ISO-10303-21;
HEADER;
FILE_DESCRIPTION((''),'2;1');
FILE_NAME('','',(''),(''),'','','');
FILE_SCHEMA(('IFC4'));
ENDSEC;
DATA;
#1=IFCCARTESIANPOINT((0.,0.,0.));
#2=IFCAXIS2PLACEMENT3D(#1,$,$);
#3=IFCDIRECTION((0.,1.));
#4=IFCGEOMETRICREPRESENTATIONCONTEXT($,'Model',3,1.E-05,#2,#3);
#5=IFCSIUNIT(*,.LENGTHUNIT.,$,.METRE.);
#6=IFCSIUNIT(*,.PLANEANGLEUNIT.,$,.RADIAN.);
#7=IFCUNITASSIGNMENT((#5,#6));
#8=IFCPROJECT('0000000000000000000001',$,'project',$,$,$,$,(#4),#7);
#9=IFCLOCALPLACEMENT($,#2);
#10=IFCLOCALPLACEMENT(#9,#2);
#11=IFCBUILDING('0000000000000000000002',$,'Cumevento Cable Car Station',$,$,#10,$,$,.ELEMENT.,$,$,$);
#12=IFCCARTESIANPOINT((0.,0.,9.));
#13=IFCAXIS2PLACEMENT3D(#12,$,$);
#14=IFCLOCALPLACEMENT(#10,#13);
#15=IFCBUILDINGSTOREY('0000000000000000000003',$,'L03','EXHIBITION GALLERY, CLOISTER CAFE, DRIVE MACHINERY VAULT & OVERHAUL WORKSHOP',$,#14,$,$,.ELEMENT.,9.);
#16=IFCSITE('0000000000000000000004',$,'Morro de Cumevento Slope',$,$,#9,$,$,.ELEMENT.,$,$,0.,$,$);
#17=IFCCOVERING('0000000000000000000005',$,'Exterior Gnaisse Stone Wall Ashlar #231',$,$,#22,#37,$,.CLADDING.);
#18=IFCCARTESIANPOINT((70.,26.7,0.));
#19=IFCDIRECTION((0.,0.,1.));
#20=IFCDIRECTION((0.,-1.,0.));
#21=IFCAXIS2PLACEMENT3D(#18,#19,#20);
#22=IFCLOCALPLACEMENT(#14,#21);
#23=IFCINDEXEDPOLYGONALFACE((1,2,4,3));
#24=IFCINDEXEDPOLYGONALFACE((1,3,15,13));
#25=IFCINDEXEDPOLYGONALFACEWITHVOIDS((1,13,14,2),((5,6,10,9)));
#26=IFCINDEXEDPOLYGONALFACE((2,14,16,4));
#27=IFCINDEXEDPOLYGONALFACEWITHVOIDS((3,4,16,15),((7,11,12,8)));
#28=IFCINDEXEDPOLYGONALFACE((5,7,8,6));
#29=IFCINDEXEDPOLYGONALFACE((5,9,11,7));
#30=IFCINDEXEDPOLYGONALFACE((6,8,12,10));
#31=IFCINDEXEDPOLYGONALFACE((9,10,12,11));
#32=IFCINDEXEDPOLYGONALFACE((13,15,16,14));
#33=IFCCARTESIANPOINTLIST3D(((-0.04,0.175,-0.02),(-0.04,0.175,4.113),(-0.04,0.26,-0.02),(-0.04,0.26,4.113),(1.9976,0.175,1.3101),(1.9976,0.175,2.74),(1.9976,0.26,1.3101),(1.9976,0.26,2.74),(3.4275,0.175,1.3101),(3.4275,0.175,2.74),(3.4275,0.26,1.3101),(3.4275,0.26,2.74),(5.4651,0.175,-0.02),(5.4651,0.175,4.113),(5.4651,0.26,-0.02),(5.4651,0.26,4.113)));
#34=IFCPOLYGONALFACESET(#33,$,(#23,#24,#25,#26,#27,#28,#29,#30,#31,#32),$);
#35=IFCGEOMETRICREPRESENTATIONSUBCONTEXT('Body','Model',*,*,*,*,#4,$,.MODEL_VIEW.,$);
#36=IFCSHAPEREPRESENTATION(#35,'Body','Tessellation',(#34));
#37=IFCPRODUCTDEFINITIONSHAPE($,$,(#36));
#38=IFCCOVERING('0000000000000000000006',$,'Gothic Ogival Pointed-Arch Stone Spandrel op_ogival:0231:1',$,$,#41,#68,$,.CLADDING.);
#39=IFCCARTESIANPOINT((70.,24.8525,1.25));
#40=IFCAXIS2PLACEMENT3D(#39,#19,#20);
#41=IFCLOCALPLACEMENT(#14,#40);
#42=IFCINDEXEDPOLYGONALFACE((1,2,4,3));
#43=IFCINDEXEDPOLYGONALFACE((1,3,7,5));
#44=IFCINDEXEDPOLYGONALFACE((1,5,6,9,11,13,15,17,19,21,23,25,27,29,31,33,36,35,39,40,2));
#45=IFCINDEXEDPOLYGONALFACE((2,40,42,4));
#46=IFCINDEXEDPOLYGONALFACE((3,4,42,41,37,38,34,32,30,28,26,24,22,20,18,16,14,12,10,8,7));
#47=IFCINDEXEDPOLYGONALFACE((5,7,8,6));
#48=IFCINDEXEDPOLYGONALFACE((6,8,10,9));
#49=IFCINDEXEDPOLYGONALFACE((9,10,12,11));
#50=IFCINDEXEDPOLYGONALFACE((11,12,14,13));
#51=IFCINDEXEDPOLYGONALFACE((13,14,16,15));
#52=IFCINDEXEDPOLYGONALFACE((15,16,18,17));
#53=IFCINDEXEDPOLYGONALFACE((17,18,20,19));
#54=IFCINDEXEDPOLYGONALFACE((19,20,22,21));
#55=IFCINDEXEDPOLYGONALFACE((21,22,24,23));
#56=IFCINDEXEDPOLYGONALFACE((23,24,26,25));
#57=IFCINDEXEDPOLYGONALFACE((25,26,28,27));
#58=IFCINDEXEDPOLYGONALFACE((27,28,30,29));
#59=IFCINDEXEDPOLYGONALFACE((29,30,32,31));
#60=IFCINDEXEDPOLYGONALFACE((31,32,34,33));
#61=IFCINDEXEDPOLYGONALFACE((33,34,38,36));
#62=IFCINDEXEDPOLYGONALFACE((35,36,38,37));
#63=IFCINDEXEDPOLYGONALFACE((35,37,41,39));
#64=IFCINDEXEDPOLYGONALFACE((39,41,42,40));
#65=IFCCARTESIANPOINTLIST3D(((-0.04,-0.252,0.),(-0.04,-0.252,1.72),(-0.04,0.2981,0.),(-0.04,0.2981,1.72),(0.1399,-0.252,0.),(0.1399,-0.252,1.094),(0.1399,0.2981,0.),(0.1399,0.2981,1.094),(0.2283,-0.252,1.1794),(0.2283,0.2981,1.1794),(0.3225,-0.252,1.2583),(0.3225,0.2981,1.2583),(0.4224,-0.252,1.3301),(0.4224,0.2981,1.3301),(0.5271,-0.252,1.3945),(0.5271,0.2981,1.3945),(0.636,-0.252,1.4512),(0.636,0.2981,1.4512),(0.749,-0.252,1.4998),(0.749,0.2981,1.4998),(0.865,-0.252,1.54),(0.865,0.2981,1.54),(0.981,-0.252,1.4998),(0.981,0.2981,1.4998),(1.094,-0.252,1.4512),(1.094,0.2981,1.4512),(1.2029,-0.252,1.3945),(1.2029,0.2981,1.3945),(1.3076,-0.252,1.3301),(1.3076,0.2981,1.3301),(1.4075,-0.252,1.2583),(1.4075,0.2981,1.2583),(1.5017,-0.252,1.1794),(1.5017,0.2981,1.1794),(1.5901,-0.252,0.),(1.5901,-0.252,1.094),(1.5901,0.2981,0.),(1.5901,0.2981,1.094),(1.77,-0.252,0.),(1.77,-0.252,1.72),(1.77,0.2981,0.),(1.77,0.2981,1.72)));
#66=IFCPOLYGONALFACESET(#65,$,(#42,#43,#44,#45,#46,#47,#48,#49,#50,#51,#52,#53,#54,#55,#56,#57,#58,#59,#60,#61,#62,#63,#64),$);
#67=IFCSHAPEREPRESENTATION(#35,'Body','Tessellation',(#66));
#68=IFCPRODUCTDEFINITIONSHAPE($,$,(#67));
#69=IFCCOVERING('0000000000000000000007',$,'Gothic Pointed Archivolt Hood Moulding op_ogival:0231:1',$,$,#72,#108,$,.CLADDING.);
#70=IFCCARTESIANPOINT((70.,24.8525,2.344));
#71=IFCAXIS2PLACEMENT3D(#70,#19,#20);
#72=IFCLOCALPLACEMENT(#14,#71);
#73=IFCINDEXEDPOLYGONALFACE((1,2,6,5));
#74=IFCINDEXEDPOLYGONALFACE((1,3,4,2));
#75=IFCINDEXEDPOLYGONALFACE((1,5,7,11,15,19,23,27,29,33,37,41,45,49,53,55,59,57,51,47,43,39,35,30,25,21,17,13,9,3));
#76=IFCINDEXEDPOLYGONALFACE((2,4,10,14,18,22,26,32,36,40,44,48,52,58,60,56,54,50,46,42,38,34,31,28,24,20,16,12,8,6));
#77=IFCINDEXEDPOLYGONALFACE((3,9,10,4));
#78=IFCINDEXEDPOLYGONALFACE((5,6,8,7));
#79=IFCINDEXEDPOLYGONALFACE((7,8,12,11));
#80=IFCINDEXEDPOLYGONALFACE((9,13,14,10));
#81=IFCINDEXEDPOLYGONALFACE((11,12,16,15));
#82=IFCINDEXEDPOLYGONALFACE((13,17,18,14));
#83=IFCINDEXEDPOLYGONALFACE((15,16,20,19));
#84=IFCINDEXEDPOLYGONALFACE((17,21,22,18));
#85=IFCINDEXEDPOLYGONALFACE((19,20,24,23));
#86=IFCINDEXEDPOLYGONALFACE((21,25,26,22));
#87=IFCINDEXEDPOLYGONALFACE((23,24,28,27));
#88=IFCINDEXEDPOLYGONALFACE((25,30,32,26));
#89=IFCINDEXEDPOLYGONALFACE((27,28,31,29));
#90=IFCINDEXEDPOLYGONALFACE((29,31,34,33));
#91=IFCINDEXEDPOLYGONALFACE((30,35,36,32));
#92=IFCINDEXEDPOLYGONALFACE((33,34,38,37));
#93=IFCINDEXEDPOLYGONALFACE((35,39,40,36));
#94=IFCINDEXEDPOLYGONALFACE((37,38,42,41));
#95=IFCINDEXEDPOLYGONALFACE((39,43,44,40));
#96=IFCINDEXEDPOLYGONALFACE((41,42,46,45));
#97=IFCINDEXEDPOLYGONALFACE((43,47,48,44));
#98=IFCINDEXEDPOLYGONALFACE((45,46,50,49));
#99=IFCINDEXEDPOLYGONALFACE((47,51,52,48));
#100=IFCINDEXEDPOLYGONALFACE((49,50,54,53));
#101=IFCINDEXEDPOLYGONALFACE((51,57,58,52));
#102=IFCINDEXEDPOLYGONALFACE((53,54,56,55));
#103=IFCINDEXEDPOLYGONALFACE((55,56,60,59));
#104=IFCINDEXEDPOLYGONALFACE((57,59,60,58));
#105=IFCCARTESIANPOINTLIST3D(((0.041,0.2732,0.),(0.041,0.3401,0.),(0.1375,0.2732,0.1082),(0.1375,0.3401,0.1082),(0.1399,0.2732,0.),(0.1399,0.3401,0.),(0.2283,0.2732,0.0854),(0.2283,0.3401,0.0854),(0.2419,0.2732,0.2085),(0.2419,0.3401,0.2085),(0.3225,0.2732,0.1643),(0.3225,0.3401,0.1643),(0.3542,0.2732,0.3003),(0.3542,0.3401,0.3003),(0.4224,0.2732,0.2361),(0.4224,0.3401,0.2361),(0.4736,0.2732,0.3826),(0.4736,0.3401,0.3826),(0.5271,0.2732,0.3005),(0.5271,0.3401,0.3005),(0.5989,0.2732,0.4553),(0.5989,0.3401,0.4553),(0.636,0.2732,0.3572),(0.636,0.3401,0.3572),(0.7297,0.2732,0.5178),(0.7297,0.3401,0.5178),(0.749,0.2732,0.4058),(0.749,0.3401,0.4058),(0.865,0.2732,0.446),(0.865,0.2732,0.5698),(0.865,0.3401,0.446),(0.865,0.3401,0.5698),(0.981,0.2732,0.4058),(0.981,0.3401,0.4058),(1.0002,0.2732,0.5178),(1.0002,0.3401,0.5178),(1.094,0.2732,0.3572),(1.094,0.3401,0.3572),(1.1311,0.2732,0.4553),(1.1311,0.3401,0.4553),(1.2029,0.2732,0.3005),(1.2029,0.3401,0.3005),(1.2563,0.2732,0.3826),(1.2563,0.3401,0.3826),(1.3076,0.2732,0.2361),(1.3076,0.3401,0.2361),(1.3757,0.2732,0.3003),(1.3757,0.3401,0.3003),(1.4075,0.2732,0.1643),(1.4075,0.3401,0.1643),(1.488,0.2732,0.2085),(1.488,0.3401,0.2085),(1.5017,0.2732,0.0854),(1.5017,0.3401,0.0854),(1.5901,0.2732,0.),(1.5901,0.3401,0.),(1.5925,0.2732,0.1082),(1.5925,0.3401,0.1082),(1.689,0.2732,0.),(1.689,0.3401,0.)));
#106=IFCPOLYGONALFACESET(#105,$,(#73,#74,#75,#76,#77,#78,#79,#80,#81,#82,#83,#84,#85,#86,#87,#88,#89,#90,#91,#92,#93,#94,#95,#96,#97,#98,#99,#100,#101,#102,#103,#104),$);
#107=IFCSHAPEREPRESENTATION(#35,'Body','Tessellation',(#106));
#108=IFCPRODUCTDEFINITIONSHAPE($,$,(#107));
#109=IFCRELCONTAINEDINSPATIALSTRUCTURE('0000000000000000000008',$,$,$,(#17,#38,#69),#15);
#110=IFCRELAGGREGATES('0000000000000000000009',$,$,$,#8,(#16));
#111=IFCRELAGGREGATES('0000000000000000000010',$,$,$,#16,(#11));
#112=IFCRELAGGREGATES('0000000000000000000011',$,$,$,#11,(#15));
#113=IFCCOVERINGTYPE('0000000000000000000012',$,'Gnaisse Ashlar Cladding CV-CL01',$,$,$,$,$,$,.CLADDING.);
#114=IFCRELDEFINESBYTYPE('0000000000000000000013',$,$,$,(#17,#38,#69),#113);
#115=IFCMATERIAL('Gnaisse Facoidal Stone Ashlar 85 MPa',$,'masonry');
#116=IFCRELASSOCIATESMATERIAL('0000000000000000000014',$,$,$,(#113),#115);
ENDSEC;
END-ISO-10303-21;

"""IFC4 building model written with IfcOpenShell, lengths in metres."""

from ifc_helpers import new_model, si_unit, direction, frame, origin, place, context, subcontext, project, spatial, polyline, outline, extrude, material, type_object, element, save


model = new_model("IFC4")

# Units and contexts
model_context = context("Model", 3, precision=1e-05, world=origin(), true_north=direction((0.0, 1.0)))
body_context = subcontext(model_context, "Body", "Model", "MODEL_VIEW")
ifc_project = project(units=[si_unit("LENGTHUNIT", "METRE"), si_unit("PLANEANGLEUNIT", "RADIAN")], contexts=[model_context])

# Site, building, storey
site_placement = place(None, origin())
site = spatial("IfcSite", under=ifc_project, at=site_placement, Name="Morro de Cumevento Slope", CompositionType="ELEMENT", RefElevation=0.0)
building_placement = place(site_placement, origin())
building = spatial("IfcBuilding", under=site, at=building_placement, Name="Cumevento Cable Car Station", CompositionType="ELEMENT")
storey_placement = place(building_placement, frame((0.0, 0.0, 9.0)))
storey = spatial("IfcBuildingStorey", under=building, at=storey_placement, Name="L03", Description="EXHIBITION GALLERY, CLOISTER CAFE, DRIVE MACHINERY VAULT & OVERHAUL WORKSHOP", CompositionType="ELEMENT", Elevation=9.0)

# Coverings
ifc_material_1 = material(Name="Gnaisse Facoidal Stone Ashlar 85 MPa", Category="masonry")
covering_type = type_object("IfcCoveringType", Name="Gnaisse Ashlar Cladding CV-CL01", PredefinedType="CLADDING", material=ifc_material_1)
covering_1_placement = place(storey_placement, frame((70.0, 26.7, 0.0), z_axis=(0.0, 0.0, 1.0), x_axis=(0.0, -1.0, 0.0)))
element("IfcCovering", 1, at=covering_1_placement, inside=storey, type_object=covering_type, Name="Exterior Gnaisse Stone Wall Ashlar #231", PredefinedType="CLADDING", context=body_context, shape_type="SweptSolid", body=[
    extrude(outline(polyline([(-0.04, -0.02), (5.4651, -0.02), (5.4651, 4.113), (-0.04, 4.113), (-0.04, -0.02)]), holes=[polyline([(1.9976, 1.3101), (3.4275, 1.3101), (3.4275, 2.74), (1.9976, 2.74), (1.9976, 1.3101)])]), frame((0.0, 0.26, 0.0), z_axis=(0.0, -1.0, 0.0), x_axis=(1.0, 0.0, 0.0)), (0.0, 0.0, 1.0), 0.085),
])
covering_2_placement = place(storey_placement, frame((70.0, 24.8525, 1.25), z_axis=(0.0, 0.0, 1.0), x_axis=(0.0, -1.0, 0.0)))
element("IfcCovering", 2, at=covering_2_placement, inside=storey, type_object=covering_type, Name="Gothic Ogival Pointed-Arch Stone Spandrel op_ogival:0231:1", PredefinedType="CLADDING", context=body_context, shape_type="SweptSolid", body=[
    extrude(outline(polyline([(-0.04, 0.0), (-0.04, 1.72), (1.77, 1.72), (1.77, 0.0), (1.5901, 0.0), (1.5901, 1.094), (1.5017, 1.1794), (1.4075, 1.2583), (1.3076, 1.3301), (1.2029, 1.3945), (1.094, 1.4512), (0.981, 1.4998), (0.865, 1.54), (0.749, 1.4998), (0.636, 1.4512), (0.5271, 1.3945), (0.4224, 1.3301), (0.3225, 1.2583), (0.2283, 1.1794), (0.1399, 1.094), (0.1399, 0.0), (-0.04, 0.0)])), frame((0.0, 0.2981, 0.0), z_axis=(0.0, -1.0, 0.0), x_axis=(1.0, 0.0, 0.0)), (0.0, 0.0, 1.0), 0.55),
])
covering_3_placement = place(storey_placement, frame((70.0, 24.8525, 2.344), z_axis=(0.0, 0.0, 1.0), x_axis=(0.0, -1.0, 0.0)))
element("IfcCovering", 3, at=covering_3_placement, inside=storey, type_object=covering_type, Name="Gothic Pointed Archivolt Hood Moulding op_ogival:0231:1", PredefinedType="CLADDING", context=body_context, shape_type="SweptSolid", body=[
    extrude(outline(polyline([(0.1399, 0.0), (0.2283, 0.0854), (0.3225, 0.1643), (0.4224, 0.2361), (0.5271, 0.3005), (0.636, 0.3572), (0.749, 0.4058), (0.865, 0.446), (0.981, 0.4058), (1.094, 0.3572), (1.2029, 0.3005), (1.3076, 0.2361), (1.4075, 0.1643), (1.5017, 0.0854), (1.5901, 0.0), (1.689, 0.0), (1.5925, 0.1082), (1.488, 0.2085), (1.3757, 0.3003), (1.2563, 0.3826), (1.1311, 0.4553), (1.0002, 0.5178), (0.865, 0.5698), (0.7297, 0.5178), (0.5989, 0.4553), (0.4736, 0.3826), (0.3542, 0.3003), (0.2419, 0.2085), (0.1375, 0.1082), (0.041, 0.0), (0.1399, 0.0)])), frame((0.0, 0.3401, 0.0), z_axis=(0.0, -1.0, 0.0), x_axis=(1.0, 0.0, 0.0)), (0.0, 0.0, 1.0), 0.0669),
])

save(model, "model.ifc")
